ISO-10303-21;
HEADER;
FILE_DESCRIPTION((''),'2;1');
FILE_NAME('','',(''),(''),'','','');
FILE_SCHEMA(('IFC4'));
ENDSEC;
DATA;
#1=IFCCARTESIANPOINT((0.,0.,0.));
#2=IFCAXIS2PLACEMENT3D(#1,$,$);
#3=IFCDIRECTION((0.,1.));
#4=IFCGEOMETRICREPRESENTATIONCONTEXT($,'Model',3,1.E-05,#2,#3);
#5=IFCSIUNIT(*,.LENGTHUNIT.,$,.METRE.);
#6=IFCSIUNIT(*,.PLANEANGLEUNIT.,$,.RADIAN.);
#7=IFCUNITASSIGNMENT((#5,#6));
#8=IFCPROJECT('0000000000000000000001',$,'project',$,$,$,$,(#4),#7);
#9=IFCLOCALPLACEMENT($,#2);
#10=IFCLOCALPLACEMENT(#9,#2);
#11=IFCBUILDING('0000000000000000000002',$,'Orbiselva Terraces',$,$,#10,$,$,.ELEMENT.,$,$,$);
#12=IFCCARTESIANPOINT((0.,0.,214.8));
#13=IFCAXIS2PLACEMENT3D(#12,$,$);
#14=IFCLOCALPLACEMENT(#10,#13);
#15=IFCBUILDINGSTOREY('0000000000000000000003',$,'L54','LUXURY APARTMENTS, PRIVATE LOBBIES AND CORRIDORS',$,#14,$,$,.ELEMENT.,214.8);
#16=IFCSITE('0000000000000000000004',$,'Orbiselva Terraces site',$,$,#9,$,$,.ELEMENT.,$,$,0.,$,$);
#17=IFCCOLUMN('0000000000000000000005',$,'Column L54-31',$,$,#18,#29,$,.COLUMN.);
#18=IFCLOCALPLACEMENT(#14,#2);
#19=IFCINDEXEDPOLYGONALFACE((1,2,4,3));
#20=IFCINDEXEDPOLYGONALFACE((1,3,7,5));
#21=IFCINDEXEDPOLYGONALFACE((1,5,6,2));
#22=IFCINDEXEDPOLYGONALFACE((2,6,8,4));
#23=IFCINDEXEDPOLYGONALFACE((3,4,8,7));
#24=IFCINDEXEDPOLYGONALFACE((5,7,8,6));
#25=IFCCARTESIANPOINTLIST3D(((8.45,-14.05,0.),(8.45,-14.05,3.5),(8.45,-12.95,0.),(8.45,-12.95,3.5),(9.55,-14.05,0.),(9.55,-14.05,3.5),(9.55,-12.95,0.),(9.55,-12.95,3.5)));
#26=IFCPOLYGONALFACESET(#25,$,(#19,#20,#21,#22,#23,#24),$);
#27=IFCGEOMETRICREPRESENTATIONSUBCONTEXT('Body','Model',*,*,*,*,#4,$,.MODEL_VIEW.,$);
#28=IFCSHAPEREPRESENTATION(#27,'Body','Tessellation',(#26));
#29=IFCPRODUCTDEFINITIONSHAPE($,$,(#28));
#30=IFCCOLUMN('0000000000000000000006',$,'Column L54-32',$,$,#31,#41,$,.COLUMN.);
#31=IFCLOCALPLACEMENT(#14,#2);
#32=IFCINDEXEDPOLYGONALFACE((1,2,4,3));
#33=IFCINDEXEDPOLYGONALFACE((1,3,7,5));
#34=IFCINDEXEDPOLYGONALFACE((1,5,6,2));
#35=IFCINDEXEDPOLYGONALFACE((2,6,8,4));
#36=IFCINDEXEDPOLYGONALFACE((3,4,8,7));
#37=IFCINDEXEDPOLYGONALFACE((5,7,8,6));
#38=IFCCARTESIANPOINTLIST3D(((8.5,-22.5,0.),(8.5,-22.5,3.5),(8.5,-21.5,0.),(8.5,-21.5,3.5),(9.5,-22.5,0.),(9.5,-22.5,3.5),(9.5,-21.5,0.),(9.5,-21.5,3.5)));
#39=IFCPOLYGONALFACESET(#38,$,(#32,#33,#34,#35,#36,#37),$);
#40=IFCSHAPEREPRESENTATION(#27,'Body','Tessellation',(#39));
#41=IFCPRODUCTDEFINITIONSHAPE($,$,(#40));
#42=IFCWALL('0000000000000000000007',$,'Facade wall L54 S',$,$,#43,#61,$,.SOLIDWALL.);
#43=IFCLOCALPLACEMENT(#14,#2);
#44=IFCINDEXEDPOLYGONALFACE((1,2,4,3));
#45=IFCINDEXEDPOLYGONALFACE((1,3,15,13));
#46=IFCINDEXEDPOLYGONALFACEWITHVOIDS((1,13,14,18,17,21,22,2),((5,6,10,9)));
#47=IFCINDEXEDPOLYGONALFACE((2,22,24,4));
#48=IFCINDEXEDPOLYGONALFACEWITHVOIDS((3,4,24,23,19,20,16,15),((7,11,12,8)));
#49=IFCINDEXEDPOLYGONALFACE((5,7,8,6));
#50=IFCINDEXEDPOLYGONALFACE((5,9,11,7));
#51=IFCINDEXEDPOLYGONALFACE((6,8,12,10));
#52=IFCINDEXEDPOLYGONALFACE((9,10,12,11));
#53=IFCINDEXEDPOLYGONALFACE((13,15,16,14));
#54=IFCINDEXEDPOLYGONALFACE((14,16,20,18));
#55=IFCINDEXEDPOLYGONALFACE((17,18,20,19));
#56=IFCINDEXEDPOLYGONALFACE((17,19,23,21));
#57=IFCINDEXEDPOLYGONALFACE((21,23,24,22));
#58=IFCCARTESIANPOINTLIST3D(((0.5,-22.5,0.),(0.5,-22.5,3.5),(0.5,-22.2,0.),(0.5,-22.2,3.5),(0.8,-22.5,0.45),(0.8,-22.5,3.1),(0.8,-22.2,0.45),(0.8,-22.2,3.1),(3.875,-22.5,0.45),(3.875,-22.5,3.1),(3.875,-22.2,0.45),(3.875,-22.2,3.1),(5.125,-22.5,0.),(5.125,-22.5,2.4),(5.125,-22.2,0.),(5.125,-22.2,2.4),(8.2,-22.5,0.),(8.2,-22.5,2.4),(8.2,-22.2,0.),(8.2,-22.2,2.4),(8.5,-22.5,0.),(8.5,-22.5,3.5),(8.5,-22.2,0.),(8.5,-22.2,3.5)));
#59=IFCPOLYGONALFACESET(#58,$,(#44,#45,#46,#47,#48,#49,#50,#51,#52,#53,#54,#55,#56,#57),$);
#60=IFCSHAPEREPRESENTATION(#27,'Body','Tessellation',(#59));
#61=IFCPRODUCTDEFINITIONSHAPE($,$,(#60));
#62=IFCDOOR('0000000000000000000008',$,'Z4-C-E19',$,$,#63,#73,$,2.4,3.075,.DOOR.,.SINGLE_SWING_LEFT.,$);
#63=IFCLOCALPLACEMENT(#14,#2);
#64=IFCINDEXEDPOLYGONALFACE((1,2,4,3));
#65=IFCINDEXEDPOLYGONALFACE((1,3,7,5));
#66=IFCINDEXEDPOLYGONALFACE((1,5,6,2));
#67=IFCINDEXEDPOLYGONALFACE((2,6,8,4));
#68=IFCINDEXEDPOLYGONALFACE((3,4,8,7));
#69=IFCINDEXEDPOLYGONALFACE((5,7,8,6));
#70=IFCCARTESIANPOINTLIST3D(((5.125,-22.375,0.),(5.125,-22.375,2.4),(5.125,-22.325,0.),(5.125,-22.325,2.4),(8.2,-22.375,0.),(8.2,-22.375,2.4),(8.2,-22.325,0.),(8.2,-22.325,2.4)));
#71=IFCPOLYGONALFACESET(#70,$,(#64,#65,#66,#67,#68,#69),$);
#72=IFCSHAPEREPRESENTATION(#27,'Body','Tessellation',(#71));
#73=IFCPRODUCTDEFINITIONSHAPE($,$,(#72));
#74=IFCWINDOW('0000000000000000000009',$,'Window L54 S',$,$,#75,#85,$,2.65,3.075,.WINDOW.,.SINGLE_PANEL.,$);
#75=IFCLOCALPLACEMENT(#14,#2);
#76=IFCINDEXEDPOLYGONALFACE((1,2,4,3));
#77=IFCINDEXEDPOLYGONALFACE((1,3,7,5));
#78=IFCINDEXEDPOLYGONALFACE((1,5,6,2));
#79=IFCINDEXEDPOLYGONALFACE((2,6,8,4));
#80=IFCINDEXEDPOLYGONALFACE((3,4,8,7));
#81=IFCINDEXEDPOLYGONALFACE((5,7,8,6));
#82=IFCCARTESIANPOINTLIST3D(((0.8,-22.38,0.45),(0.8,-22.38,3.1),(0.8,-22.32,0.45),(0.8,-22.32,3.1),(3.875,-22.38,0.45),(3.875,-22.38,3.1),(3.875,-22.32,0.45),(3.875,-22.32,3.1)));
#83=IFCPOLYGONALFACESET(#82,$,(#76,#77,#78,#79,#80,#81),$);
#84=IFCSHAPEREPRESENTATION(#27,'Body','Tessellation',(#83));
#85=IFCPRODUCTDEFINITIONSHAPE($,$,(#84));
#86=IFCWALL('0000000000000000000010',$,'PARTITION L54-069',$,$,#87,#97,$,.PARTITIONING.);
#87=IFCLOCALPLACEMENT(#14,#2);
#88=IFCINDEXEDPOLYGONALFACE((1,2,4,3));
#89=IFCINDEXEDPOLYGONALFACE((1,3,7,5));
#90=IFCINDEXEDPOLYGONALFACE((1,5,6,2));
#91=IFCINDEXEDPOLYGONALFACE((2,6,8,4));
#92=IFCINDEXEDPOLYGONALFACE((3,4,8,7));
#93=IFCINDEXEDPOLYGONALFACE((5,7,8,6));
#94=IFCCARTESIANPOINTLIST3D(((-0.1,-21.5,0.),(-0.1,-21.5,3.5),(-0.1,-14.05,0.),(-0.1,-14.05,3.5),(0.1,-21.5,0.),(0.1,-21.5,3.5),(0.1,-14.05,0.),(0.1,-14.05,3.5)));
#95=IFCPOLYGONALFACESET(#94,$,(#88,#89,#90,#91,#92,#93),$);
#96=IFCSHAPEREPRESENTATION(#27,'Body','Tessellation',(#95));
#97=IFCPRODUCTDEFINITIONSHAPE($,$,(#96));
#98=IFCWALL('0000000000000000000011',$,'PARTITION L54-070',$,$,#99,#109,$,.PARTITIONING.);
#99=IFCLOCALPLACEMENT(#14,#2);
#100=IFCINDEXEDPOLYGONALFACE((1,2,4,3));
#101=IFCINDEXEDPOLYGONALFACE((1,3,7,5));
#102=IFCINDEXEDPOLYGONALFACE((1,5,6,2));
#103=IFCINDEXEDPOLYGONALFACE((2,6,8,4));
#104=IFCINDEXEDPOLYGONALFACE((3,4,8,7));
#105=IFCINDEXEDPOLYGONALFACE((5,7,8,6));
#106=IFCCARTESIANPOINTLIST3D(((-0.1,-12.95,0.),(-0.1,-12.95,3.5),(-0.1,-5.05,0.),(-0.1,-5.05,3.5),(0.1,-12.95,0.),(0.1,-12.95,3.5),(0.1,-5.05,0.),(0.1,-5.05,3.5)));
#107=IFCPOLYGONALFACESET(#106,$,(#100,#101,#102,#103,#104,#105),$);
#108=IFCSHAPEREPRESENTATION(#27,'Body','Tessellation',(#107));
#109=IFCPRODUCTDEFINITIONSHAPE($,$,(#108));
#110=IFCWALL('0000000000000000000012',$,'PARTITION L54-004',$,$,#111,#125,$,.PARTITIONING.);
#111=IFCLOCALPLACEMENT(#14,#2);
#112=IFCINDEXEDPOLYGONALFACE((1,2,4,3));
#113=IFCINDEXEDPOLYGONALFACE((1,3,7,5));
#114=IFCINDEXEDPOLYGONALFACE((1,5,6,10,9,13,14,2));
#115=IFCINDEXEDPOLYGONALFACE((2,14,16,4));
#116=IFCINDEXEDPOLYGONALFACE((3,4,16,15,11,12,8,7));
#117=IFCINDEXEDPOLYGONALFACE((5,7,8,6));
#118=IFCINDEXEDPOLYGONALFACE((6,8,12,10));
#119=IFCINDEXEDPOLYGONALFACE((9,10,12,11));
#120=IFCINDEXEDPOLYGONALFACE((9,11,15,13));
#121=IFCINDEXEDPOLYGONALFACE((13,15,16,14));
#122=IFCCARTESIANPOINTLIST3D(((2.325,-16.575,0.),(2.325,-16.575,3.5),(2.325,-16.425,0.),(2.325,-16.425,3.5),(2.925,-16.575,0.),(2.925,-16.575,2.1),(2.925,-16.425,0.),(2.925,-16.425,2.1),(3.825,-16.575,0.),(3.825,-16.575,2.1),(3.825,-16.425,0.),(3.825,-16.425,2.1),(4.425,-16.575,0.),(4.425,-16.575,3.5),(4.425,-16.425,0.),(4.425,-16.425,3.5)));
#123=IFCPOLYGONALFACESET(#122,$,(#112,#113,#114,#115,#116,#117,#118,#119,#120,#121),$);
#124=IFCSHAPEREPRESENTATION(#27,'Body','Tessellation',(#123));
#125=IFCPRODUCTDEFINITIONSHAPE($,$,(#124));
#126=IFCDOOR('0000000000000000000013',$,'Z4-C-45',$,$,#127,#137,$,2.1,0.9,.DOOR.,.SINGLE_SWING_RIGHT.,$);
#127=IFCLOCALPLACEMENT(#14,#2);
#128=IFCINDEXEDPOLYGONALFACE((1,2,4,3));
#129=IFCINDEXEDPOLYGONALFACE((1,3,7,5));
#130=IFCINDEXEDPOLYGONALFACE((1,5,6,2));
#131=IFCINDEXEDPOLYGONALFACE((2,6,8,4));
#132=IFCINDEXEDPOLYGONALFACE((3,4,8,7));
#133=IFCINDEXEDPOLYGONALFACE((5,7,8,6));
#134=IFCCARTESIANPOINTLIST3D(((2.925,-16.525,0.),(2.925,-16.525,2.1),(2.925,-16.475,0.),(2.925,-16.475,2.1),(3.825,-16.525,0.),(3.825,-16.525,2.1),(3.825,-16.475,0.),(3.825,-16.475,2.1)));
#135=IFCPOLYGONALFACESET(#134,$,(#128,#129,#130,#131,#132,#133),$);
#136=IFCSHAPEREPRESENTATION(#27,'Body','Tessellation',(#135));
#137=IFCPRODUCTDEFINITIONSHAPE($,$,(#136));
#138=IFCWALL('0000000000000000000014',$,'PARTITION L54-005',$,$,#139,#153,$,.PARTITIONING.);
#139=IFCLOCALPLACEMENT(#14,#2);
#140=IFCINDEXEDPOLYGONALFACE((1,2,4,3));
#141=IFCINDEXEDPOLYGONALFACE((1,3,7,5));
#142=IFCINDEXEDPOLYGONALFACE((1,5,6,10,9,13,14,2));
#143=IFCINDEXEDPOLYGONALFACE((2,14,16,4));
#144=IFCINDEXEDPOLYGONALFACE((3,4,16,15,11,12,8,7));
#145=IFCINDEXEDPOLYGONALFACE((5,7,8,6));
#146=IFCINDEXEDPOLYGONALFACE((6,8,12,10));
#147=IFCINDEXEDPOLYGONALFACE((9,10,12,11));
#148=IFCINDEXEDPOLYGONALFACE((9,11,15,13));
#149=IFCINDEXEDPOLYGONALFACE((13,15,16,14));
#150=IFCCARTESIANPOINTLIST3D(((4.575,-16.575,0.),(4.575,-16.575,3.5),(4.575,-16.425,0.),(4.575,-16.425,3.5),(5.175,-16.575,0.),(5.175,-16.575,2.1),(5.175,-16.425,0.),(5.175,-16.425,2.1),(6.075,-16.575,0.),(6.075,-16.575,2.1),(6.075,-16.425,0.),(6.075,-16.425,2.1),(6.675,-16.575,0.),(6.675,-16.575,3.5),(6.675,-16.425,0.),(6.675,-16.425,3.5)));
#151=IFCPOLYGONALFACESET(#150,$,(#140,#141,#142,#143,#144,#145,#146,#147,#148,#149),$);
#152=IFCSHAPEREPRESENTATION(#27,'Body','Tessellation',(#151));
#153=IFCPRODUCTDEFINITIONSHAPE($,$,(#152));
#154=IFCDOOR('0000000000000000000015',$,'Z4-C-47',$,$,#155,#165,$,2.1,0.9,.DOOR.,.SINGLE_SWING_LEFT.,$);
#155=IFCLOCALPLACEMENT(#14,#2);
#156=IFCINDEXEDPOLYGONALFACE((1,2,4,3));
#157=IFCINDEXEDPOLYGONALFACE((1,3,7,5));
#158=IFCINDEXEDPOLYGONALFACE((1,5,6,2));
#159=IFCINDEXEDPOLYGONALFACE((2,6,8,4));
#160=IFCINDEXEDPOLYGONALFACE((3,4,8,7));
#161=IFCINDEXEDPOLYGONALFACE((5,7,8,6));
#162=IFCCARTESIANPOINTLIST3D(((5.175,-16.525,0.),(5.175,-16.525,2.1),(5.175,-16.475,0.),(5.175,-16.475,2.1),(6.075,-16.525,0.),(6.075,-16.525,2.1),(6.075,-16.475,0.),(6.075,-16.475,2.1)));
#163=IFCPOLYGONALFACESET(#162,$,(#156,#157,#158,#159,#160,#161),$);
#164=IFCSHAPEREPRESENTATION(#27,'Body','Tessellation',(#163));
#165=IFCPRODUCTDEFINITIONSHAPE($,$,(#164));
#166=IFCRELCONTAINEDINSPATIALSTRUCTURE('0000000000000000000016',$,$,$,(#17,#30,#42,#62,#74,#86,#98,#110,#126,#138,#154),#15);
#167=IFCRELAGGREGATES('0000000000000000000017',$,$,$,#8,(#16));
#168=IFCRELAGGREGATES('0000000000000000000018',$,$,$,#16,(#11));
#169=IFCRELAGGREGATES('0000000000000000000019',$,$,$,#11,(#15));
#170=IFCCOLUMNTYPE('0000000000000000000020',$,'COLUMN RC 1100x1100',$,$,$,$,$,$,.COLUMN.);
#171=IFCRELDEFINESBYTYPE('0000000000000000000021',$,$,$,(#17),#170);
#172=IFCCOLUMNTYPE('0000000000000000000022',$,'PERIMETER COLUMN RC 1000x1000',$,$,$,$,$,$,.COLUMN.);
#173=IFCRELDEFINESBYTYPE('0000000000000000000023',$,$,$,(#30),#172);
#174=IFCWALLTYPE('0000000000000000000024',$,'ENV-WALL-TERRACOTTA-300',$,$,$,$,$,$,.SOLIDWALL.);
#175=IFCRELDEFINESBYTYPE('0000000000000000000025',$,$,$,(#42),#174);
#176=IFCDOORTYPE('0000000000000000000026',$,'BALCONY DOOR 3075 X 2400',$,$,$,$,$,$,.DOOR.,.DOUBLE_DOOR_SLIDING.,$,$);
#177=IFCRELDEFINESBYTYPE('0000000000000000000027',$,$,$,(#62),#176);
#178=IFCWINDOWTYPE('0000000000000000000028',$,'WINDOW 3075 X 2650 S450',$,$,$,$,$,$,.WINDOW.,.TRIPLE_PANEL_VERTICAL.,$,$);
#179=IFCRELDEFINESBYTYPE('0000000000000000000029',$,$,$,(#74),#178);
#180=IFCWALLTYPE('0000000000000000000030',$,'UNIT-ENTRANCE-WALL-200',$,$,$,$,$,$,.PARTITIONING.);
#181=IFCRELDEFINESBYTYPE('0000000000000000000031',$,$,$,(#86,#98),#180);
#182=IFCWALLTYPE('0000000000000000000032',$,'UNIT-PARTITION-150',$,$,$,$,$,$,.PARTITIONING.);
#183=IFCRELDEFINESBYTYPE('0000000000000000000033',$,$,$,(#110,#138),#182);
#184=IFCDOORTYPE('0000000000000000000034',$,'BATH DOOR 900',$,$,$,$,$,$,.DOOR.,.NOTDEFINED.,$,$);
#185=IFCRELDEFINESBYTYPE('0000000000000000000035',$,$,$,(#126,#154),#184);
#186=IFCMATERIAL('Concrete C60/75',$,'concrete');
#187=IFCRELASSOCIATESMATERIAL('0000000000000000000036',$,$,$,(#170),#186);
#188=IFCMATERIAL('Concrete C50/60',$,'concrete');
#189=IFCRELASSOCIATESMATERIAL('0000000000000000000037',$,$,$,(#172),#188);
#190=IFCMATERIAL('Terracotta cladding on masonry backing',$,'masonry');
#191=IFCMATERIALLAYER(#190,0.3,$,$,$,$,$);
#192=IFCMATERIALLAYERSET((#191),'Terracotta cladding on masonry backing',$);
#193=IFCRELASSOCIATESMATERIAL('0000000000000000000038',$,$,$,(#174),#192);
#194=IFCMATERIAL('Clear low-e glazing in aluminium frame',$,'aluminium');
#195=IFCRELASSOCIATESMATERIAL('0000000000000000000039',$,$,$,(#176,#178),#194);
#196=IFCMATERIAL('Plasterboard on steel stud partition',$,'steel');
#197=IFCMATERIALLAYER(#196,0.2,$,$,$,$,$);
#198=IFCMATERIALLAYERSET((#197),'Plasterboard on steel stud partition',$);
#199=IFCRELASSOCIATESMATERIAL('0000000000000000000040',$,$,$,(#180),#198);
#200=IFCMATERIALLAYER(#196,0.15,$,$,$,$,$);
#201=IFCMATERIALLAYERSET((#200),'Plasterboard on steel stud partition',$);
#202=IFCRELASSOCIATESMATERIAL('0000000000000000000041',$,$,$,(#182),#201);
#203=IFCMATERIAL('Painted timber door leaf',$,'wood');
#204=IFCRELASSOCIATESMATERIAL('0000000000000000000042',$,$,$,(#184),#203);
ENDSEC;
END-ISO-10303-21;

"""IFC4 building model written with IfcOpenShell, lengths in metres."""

from ifc_helpers import new_model, si_unit, direction, frame, frame_2d, origin, origin_2d, place, context, subcontext, project, spatial, rectangle, extrude, material, layer, layer_set, material_profile, profile_set, type_object, element, fill, save


model = new_model("IFC4")

# Units and contexts
model_context = context("Model", 3, precision=1e-05, world=origin(), true_north=direction((0.0, 1.0)))
body_context = subcontext(model_context, "Body", "Model", "MODEL_VIEW")
ifc_project = project(units=[si_unit("LENGTHUNIT", "METRE"), si_unit("PLANEANGLEUNIT", "RADIAN")], contexts=[model_context])

# Site, building, storey
site_placement = place(None, origin())
site = spatial("IfcSite", under=ifc_project, at=site_placement, Name="Orbiselva Terraces site", CompositionType="ELEMENT", RefElevation=0.0)
building_placement = place(site_placement, origin())
building = spatial("IfcBuilding", under=site, at=building_placement, Name="Orbiselva Terraces", CompositionType="ELEMENT")
storey_placement = place(building_placement, frame((0.0, 0.0, 214.8)))
storey = spatial("IfcBuildingStorey", under=building, at=storey_placement, Name="L54", Description="LUXURY APARTMENTS, PRIVATE LOBBIES AND CORRIDORS", CompositionType="ELEMENT", Elevation=214.8)

# Columns
ifc_material_1 = material(Name="Concrete C60/75", Category="concrete")
ifc_material_profile_1 = material_profile(ifc_material_1, rectangle(XDim=1.1, YDim=1.1, at=origin_2d()), Name="RC 1100x1100")
ifc_profile_set_1 = profile_set([ifc_material_profile_1], Name="Concrete C60/75")
column_type_1 = type_object("IfcColumnType", Name="COLUMN RC 1100x1100", PredefinedType="COLUMN", material=ifc_profile_set_1)
column_1_placement = place(storey_placement, frame((9.0, -13.5, 0.0), z_axis=(0.0, 0.0, 1.0), x_axis=(1.0, 0.0, 0.0)))
element("IfcColumn", 1, at=column_1_placement, inside=storey, type_object=column_type_1, Name="Column L54-31", PredefinedType="COLUMN", context=body_context, shape_type="SweptSolid", body=[
    extrude(rectangle(XDim=1.1, YDim=1.1, at=origin_2d()), origin(), (0.0, 0.0, 1.0), 3.5),
])
ifc_material_2 = material(Name="Concrete C50/60", Category="concrete")
ifc_material_profile_2 = material_profile(ifc_material_2, rectangle(XDim=1.0, YDim=1.0, at=origin_2d()), Name="RC 1000x1000")
ifc_profile_set_2 = profile_set([ifc_material_profile_2], Name="Concrete C50/60")
column_type_2 = type_object("IfcColumnType", Name="PERIMETER COLUMN RC 1000x1000", PredefinedType="COLUMN", material=ifc_profile_set_2)
column_2_placement = place(storey_placement, frame((9.0, -22.0, 0.0), z_axis=(0.0, 0.0, 1.0), x_axis=(1.0, 0.0, 0.0)))
element("IfcColumn", 2, at=column_2_placement, inside=storey, type_object=column_type_2, Name="Column L54-32", PredefinedType="COLUMN", context=body_context, shape_type="SweptSolid", body=[
    extrude(rectangle(XDim=1.0, YDim=1.0, at=origin_2d()), origin(), (0.0, 0.0, 1.0), 3.5),
])

# Wall, openings, door, window
ifc_material_3 = material(Name="Terracotta cladding on masonry backing", Category="masonry")
ifc_layer_1 = layer(ifc_material_3, 0.3)
ifc_layer_set_1 = layer_set([ifc_layer_1], Name="Terracotta cladding on masonry backing")
wall_type_1 = type_object("IfcWallType", Name="ENV-WALL-TERRACOTTA-300", PredefinedType="SOLIDWALL", material=ifc_layer_set_1)
wall_1_placement = place(storey_placement, frame((8.5, -22.35, 0.0), z_axis=(0.0, 0.0, 1.0), x_axis=(-1.0, 0.0, 0.0)))
wall_1 = element("IfcWall", 3, at=wall_1_placement, inside=storey, type_object=wall_type_1, Name="Facade wall L54 S", PredefinedType="SOLIDWALL", context=body_context, shape_type="SweptSolid", body=[
    extrude(rectangle(XDim=8.0, YDim=0.3, at=frame_2d((4.0, 0.0))), origin(), (0.0, 0.0, 1.0), 3.5),
])
opening_1_placement = place(wall_1_placement, frame((4.625, 0.0, 0.45)))
opening_1 = element("IfcOpeningElement", 4, at=opening_1_placement, cuts=wall_1, PredefinedType="OPENING", context=body_context, shape_type="SweptSolid", body=[
    extrude(rectangle(XDim=3.075, YDim=2.65, at=frame_2d((1.5375, 1.325))), frame((0.0, 0.16, 0.0), z_axis=(0.0, -1.0, 0.0), x_axis=(1.0, 0.0, 0.0)), (0.0, 0.0, 1.0), 0.32),
])
opening_2_placement = place(wall_1_placement, frame((0.3, 0.0, 0.0)))
opening_2 = element("IfcOpeningElement", 5, at=opening_2_placement, cuts=wall_1, PredefinedType="OPENING", context=body_context, shape_type="SweptSolid", body=[
    extrude(rectangle(XDim=3.075, YDim=2.4, at=frame_2d((1.5375, 1.2))), frame((0.0, 0.16, 0.0), z_axis=(0.0, -1.0, 0.0), x_axis=(1.0, 0.0, 0.0)), (0.0, 0.0, 1.0), 0.32),
])
ifc_material_4 = material(Name="Clear low-e glazing in aluminium frame", Category="aluminium")
door_type_1 = type_object("IfcDoorType", Name="BALCONY DOOR 3075 X 2400", OperationType="DOUBLE_DOOR_SLIDING", PredefinedType="DOOR", material=ifc_material_4)
door_1_placement = place(opening_2_placement, origin())
door_1 = element("IfcDoor", 6, at=door_1_placement, inside=storey, type_object=door_type_1, Name="Z4-C-E19", OperationType="SINGLE_SWING_LEFT", OverallHeight=2.4, OverallWidth=3.075, PredefinedType="DOOR", context=body_context, shape_type="SweptSolid", body=[
    extrude(rectangle(XDim=3.075, YDim=2.4, at=frame_2d((1.5375, 1.2))), frame((0.0, 0.025, 0.0), z_axis=(0.0, -1.0, 0.0), x_axis=(1.0, 0.0, 0.0)), (0.0, 0.0, 1.0), 0.05),
])
fill(opening_2, door_1)
window_type = type_object("IfcWindowType", Name="WINDOW 3075 X 2650 S450", PartitioningType="TRIPLE_PANEL_VERTICAL", PredefinedType="WINDOW", material=ifc_material_4)
window_placement = place(opening_1_placement, origin())
window = element("IfcWindow", 7, at=window_placement, inside=storey, type_object=window_type, Name="Window L54 S", OverallHeight=2.65, OverallWidth=3.075, PartitioningType="SINGLE_PANEL", PredefinedType="WINDOW", context=body_context, shape_type="SweptSolid", body=[
    extrude(rectangle(XDim=3.075, YDim=2.65, at=frame_2d((1.5375, 1.325))), frame((0.0, 0.03, 0.0), z_axis=(0.0, -1.0, 0.0), x_axis=(1.0, 0.0, 0.0)), (0.0, 0.0, 1.0), 0.06),
])
fill(opening_1, window)

# Walls
ifc_material_5 = material(Name="Plasterboard on steel stud partition", Category="steel")
ifc_layer_2 = layer(ifc_material_5, 0.2)
ifc_layer_set_2 = layer_set([ifc_layer_2], Name="Plasterboard on steel stud partition")
wall_type_2 = type_object("IfcWallType", Name="UNIT-ENTRANCE-WALL-200", PredefinedType="PARTITIONING", material=ifc_layer_set_2)
wall_2_placement = place(storey_placement, frame((0.0, -21.5, 0.0), z_axis=(0.0, 0.0, 1.0), x_axis=(0.0, 1.0, 0.0)))
element("IfcWall", 8, at=wall_2_placement, inside=storey, type_object=wall_type_2, Name="PARTITION L54-069", PredefinedType="PARTITIONING", context=body_context, shape_type="SweptSolid", body=[
    extrude(rectangle(XDim=7.45, YDim=0.2, at=frame_2d((3.725, 0.0))), origin(), (0.0, 0.0, 1.0), 3.5),
])
wall_3_placement = place(storey_placement, frame((0.0, -12.95, 0.0), z_axis=(0.0, 0.0, 1.0), x_axis=(0.0, 1.0, 0.0)))
element("IfcWall", 9, at=wall_3_placement, inside=storey, type_object=wall_type_2, Name="PARTITION L54-070", PredefinedType="PARTITIONING", context=body_context, shape_type="SweptSolid", body=[
    extrude(rectangle(XDim=7.9, YDim=0.2, at=frame_2d((3.95, 0.0))), origin(), (0.0, 0.0, 1.0), 3.5),
])

# Walls, openings, doors
ifc_layer_3 = layer(ifc_material_5, 0.15)
ifc_layer_set_3 = layer_set([ifc_layer_3], Name="Plasterboard on steel stud partition")
wall_type_3 = type_object("IfcWallType", Name="UNIT-PARTITION-150", PredefinedType="PARTITIONING", material=ifc_layer_set_3)
wall_4_placement = place(storey_placement, frame((2.325, -16.5, 0.0), z_axis=(0.0, 0.0, 1.0), x_axis=(1.0, 0.0, 0.0)))
wall_4 = element("IfcWall", 10, at=wall_4_placement, inside=storey, type_object=wall_type_3, Name="PARTITION L54-004", PredefinedType="PARTITIONING", context=body_context, shape_type="SweptSolid", body=[
    extrude(rectangle(XDim=2.1, YDim=0.15, at=frame_2d((1.05, 0.0))), origin(), (0.0, 0.0, 1.0), 3.5),
])
opening_3_placement = place(wall_4_placement, frame((0.6, 0.0, 0.0)))
opening_3 = element("IfcOpeningElement", 11, at=opening_3_placement, cuts=wall_4, PredefinedType="OPENING", context=body_context, shape_type="SweptSolid", body=[
    extrude(rectangle(XDim=0.9, YDim=2.1, at=frame_2d((0.45, 1.05))), frame((0.0, 0.085, 0.0), z_axis=(0.0, -1.0, 0.0), x_axis=(1.0, 0.0, 0.0)), (0.0, 0.0, 1.0), 0.17),
])
ifc_material_6 = material(Name="Painted timber door leaf", Category="wood")
door_type_2 = type_object("IfcDoorType", Name="BATH DOOR 900", OperationType="NOTDEFINED", PredefinedType="DOOR", material=ifc_material_6)
door_2_placement = place(opening_3_placement, origin())
door_2 = element("IfcDoor", 12, at=door_2_placement, inside=storey, type_object=door_type_2, Name="Z4-C-45", OperationType="SINGLE_SWING_RIGHT", OverallHeight=2.1, OverallWidth=0.9, PredefinedType="DOOR", context=body_context, shape_type="SweptSolid", body=[
    extrude(rectangle(XDim=0.9, YDim=2.1, at=frame_2d((0.45, 1.05))), frame((0.0, 0.025, 0.0), z_axis=(0.0, -1.0, 0.0), x_axis=(1.0, 0.0, 0.0)), (0.0, 0.0, 1.0), 0.05),
])
fill(opening_3, door_2)
wall_5_placement = place(storey_placement, frame((4.575, -16.5, 0.0), z_axis=(0.0, 0.0, 1.0), x_axis=(1.0, 0.0, 0.0)))
wall_5 = element("IfcWall", 13, at=wall_5_placement, inside=storey, type_object=wall_type_3, Name="PARTITION L54-005", PredefinedType="PARTITIONING", context=body_context, shape_type="SweptSolid", body=[
    extrude(rectangle(XDim=2.1, YDim=0.15, at=frame_2d((1.05, 0.0))), origin(), (0.0, 0.0, 1.0), 3.5),
])
opening_4_placement = place(wall_5_placement, frame((0.6, 0.0, 0.0)))
opening_4 = element("IfcOpeningElement", 14, at=opening_4_placement, cuts=wall_5, PredefinedType="OPENING", context=body_context, shape_type="SweptSolid", body=[
    extrude(rectangle(XDim=0.9, YDim=2.1, at=frame_2d((0.45, 1.05))), frame((0.0, 0.085, 0.0), z_axis=(0.0, -1.0, 0.0), x_axis=(1.0, 0.0, 0.0)), (0.0, 0.0, 1.0), 0.17),
])
door_3_placement = place(opening_4_placement, origin())
door_3 = element("IfcDoor", 15, at=door_3_placement, inside=storey, type_object=door_type_2, Name="Z4-C-47", OperationType="SINGLE_SWING_LEFT", OverallHeight=2.1, OverallWidth=0.9, PredefinedType="DOOR", context=body_context, shape_type="SweptSolid", body=[
    extrude(rectangle(XDim=0.9, YDim=2.1, at=frame_2d((0.45, 1.05))), frame((0.0, 0.025, 0.0), z_axis=(0.0, -1.0, 0.0), x_axis=(1.0, 0.0, 0.0)), (0.0, 0.0, 1.0), 0.05),
])
fill(opening_4, door_3)

save(model, "model.ifc")
